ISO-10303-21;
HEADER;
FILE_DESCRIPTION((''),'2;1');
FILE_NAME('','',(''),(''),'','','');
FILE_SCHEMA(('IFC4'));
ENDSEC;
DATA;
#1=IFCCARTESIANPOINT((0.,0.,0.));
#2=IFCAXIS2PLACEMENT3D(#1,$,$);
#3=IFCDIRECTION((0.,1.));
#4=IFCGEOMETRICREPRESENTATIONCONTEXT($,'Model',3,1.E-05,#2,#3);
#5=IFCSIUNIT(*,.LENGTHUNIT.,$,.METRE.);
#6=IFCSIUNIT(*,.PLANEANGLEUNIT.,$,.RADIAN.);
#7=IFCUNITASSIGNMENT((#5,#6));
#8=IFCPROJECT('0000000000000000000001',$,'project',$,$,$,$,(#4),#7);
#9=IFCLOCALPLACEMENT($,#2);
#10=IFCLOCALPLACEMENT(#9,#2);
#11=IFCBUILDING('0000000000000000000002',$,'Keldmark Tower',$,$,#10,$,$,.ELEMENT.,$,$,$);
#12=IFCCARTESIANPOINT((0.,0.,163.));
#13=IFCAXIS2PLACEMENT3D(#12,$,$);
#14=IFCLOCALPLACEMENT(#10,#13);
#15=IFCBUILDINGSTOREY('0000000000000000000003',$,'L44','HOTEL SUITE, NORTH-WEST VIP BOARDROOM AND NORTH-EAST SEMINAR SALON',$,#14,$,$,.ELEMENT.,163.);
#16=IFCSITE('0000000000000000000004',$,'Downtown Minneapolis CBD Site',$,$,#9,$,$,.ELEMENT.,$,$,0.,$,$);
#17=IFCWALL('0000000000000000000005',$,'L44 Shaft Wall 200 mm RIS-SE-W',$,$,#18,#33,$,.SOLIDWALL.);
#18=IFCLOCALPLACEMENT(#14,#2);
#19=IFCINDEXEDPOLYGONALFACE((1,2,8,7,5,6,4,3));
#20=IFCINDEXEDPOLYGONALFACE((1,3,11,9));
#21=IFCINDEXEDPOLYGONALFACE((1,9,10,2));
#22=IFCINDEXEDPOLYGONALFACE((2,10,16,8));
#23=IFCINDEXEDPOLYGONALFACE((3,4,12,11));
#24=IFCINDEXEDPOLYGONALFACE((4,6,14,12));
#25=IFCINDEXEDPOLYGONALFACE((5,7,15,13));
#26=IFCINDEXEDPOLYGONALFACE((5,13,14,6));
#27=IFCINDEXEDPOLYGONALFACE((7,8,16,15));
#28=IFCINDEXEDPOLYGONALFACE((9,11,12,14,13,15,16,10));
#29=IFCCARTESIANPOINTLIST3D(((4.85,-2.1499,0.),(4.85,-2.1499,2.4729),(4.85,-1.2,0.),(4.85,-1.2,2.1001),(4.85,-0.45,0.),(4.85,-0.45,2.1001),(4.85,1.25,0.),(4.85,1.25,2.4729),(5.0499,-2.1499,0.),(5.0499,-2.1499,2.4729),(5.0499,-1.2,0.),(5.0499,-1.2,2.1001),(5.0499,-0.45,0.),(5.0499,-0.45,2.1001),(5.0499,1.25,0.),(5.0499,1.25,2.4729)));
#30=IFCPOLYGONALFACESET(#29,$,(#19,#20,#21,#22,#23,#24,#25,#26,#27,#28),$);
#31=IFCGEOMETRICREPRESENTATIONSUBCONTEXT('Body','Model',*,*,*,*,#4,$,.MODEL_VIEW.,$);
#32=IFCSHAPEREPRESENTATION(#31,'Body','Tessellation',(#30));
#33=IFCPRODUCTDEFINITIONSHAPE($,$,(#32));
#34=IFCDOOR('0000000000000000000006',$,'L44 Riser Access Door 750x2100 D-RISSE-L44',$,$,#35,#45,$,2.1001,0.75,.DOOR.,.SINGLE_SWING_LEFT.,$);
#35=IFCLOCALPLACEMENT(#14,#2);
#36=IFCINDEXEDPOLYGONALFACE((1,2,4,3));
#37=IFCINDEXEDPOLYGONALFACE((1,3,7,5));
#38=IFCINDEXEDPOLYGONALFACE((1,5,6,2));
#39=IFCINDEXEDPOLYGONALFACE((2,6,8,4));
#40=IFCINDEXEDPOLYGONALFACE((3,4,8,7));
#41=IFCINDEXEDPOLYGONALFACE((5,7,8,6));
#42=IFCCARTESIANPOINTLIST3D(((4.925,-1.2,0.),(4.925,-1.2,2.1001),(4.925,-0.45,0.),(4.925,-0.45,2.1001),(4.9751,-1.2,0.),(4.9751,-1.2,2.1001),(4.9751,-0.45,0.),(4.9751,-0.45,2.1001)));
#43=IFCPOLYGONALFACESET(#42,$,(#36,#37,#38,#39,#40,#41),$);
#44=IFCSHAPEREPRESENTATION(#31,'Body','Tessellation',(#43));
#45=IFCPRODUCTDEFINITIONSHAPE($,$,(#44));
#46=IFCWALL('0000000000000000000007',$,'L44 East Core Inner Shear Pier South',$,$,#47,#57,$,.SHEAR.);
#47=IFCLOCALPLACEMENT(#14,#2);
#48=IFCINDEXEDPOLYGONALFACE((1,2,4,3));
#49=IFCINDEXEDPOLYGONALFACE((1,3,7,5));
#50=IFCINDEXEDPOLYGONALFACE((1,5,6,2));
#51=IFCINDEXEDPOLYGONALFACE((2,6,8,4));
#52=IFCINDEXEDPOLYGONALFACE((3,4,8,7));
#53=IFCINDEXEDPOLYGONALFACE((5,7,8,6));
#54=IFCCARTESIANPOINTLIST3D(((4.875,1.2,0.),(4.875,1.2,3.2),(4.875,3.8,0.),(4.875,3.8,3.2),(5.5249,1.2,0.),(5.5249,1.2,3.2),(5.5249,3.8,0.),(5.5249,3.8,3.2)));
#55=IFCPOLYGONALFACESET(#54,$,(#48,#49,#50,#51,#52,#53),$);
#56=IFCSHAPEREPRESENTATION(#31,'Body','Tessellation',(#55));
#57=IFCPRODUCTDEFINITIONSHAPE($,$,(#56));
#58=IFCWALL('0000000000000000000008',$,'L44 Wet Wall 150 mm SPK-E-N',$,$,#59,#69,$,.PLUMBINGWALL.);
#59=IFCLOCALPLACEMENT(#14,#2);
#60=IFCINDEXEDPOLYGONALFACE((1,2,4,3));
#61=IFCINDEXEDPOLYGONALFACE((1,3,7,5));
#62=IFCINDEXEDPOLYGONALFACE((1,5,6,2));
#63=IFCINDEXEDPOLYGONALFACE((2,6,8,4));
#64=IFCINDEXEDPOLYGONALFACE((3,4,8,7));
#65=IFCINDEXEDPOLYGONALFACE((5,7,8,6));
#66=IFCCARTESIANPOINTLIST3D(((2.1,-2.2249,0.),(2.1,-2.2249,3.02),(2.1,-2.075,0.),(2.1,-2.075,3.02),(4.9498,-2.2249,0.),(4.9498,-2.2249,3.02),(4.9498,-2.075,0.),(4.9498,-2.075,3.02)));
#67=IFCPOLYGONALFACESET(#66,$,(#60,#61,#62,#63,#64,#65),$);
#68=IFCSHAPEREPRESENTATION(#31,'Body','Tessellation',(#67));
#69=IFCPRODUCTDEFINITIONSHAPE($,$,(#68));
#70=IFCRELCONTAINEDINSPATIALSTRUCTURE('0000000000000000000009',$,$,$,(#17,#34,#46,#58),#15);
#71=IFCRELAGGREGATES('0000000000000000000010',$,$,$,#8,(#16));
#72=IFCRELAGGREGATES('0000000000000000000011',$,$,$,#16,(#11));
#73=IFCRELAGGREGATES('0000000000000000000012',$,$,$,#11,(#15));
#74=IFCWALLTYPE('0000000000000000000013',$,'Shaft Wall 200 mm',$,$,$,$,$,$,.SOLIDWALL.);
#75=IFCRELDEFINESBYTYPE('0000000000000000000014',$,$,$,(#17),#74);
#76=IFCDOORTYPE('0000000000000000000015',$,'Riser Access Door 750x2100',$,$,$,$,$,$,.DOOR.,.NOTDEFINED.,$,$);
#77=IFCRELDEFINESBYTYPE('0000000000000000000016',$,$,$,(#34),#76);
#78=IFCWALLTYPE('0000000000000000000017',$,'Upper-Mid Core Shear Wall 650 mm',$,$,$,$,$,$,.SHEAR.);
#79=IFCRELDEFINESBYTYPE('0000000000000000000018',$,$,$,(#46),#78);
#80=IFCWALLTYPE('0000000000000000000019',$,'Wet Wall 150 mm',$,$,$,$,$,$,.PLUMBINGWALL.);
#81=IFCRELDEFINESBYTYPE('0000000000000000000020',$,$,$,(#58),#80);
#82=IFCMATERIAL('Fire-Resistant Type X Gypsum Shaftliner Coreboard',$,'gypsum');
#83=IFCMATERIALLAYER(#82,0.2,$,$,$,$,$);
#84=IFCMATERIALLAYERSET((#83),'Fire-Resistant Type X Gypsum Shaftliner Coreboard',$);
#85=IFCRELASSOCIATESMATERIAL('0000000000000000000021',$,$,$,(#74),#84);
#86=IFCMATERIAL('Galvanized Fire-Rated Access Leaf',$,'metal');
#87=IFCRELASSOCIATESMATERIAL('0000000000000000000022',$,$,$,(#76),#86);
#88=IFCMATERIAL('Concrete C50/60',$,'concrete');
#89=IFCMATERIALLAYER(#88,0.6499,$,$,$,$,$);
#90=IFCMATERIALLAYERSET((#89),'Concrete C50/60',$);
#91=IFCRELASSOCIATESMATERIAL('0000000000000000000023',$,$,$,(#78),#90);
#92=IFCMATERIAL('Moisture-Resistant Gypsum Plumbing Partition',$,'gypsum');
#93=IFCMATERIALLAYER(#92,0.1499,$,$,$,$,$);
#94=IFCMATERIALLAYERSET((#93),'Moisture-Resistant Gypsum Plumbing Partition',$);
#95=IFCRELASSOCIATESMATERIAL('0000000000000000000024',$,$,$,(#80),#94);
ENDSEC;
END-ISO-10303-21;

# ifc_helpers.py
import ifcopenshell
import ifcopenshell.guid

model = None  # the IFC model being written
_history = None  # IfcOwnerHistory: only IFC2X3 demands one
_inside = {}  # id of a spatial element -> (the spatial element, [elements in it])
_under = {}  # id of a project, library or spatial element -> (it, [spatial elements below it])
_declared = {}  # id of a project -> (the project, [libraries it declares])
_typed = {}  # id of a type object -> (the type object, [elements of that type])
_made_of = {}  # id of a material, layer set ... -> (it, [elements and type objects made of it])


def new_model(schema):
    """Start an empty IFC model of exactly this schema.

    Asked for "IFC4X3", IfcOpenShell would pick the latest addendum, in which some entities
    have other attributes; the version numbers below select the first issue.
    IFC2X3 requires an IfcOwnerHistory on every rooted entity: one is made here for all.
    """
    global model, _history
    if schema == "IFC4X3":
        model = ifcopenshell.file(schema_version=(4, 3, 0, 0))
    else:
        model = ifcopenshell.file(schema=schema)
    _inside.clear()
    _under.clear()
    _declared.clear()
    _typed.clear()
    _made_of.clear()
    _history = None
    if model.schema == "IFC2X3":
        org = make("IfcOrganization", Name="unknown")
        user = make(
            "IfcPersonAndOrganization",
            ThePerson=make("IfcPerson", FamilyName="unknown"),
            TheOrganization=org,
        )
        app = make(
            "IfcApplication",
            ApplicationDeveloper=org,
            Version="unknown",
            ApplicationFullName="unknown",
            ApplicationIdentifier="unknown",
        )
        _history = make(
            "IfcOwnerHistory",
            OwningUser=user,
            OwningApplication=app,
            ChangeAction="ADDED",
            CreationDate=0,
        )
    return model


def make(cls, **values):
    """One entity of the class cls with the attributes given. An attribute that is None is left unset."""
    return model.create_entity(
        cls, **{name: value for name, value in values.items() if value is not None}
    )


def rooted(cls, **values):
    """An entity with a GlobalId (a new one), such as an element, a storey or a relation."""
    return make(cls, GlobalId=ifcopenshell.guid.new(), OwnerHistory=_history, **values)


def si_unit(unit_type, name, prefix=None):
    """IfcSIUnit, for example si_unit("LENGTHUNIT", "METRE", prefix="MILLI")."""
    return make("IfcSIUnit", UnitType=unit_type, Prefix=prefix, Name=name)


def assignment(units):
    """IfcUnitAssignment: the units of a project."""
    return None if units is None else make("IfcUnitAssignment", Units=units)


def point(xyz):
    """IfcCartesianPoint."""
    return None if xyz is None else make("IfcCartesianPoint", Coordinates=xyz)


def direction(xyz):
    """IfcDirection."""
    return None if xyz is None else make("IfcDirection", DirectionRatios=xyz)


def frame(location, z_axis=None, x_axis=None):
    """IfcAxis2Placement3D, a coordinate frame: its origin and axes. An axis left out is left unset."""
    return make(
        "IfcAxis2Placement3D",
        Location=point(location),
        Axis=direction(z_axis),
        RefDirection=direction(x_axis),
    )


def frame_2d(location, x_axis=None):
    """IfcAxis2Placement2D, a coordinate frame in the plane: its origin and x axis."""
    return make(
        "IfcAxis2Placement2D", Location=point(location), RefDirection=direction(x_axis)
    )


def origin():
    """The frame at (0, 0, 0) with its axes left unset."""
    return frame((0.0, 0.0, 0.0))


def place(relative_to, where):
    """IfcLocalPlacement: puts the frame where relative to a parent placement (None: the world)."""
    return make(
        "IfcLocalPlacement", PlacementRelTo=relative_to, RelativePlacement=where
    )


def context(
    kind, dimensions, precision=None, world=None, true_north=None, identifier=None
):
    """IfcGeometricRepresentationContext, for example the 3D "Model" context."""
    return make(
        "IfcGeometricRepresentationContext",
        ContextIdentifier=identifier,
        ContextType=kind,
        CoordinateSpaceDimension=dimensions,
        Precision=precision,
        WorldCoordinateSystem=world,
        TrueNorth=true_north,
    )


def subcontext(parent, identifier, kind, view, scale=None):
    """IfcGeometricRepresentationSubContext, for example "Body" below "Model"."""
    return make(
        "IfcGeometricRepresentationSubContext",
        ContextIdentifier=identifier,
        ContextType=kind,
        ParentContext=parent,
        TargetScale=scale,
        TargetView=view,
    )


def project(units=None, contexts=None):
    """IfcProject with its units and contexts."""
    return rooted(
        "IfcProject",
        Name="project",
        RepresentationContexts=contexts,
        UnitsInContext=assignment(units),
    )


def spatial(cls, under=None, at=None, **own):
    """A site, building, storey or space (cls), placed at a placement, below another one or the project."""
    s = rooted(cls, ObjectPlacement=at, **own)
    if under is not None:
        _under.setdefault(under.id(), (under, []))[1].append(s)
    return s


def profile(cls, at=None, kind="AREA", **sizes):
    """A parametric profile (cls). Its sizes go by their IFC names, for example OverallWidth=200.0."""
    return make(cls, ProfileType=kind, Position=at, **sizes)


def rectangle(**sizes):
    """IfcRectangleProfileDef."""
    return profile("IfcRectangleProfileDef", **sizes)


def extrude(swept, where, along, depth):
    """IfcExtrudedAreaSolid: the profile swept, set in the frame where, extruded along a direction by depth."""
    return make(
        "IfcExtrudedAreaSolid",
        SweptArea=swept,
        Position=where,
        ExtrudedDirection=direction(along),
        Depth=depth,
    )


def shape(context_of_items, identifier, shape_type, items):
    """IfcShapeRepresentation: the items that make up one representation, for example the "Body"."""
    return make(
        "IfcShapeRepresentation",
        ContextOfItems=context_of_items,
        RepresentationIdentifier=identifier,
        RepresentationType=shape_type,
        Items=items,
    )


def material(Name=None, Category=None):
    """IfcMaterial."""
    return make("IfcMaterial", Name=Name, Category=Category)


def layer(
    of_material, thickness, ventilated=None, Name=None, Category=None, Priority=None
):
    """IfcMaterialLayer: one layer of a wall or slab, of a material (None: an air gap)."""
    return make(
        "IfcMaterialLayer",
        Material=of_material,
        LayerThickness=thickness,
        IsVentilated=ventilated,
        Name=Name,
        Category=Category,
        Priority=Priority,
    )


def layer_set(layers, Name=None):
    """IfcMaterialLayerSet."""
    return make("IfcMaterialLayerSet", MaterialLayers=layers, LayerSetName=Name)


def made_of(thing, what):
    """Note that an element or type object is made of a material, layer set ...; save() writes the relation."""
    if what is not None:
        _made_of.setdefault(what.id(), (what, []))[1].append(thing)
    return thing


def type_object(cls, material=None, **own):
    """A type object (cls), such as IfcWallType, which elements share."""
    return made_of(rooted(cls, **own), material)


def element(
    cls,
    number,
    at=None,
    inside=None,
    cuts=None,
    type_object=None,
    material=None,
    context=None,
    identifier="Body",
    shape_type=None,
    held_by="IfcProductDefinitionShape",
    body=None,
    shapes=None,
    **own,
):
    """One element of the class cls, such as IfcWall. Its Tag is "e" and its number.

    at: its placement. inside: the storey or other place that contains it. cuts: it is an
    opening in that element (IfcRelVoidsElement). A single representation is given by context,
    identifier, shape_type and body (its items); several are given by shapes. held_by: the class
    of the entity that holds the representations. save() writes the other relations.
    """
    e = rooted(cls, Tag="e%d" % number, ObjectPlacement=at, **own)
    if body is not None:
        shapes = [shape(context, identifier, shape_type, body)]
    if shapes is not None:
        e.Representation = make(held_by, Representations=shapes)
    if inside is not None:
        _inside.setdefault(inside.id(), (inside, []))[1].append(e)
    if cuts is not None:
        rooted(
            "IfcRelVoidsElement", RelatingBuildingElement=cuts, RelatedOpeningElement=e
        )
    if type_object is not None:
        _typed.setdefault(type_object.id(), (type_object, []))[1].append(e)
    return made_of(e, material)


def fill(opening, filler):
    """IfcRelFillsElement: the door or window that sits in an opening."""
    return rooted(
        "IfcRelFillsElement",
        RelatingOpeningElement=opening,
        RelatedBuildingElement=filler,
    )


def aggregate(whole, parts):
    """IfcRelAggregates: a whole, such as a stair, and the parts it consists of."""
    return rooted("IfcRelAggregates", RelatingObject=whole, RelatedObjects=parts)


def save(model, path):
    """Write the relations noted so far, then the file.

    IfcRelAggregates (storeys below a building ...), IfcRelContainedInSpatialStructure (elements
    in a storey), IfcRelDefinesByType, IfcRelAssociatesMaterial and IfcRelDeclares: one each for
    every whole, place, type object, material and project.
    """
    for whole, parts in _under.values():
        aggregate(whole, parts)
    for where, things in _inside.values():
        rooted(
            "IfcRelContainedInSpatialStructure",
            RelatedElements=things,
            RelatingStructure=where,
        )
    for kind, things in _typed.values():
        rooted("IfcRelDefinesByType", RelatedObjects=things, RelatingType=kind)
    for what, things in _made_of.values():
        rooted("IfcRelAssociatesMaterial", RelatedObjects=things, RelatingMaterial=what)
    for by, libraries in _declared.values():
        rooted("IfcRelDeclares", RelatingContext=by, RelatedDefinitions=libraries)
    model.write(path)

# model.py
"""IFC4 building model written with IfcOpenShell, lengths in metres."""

from ifc_helpers import new_model, si_unit, direction, frame, frame_2d, origin, place, context, subcontext, project, spatial, rectangle, extrude, material, layer, layer_set, type_object, element, fill, save


model = new_model("IFC4")

# Units and contexts
model_context = context("Model", 3, precision=1e-05, world=origin(), true_north=direction((0.0, 1.0)))
body_context = subcontext(model_context, "Body", "Model", "MODEL_VIEW")
ifc_project = project(units=[si_unit("LENGTHUNIT", "METRE"), si_unit("PLANEANGLEUNIT", "RADIAN")], contexts=[model_context])

# Site, building, storey
site_placement = place(None, origin())
site = spatial("IfcSite", under=ifc_project, at=site_placement, Name="Downtown Minneapolis CBD Site", CompositionType="ELEMENT", RefElevation=0.0)
building_placement = place(site_placement, origin())
building = spatial("IfcBuilding", under=site, at=building_placement, Name="Keldmark Tower", CompositionType="ELEMENT")
storey_placement = place(building_placement, frame((0.0, 0.0, 163.0)))
storey = spatial("IfcBuildingStorey", under=building, at=storey_placement, Name="L44", Description="HOTEL SUITE, NORTH-WEST VIP BOARDROOM AND NORTH-EAST SEMINAR SALON", CompositionType="ELEMENT", Elevation=163.0)

# Shared definitions
ifc_material_1 = material(Name="Fire-Resistant Type X Gypsum Shaftliner Coreboard", Category="gypsum")
ifc_layer_1 = layer(ifc_material_1, 0.2)
ifc_layer_set_1 = layer_set([ifc_layer_1], Name="Fire-Resistant Type X Gypsum Shaftliner Coreboard")
wall_type_1 = type_object("IfcWallType", Name="Shaft Wall 200 mm", PredefinedType="SOLIDWALL", material=ifc_layer_set_1)

# Wall, opening, door
wall_1_placement = place(storey_placement, frame((4.95, -2.1499, 0.0), z_axis=(0.0, 0.0, 1.0), x_axis=(0.0, 1.0, 0.0)))
wall_1 = element("IfcWall", 1, at=wall_1_placement, inside=storey, type_object=wall_type_1, Name="L44 Shaft Wall 200 mm RIS-SE-W", PredefinedType="SOLIDWALL", context=body_context, shape_type="SweptSolid", body=[
    extrude(rectangle(XDim=3.3999, YDim=0.2, at=frame_2d((1.7, 0.0))), origin(), (0.0, 0.0, 1.0), 2.4729),
])
opening_1_placement = place(wall_1_placement, frame((0.95, 0.0, 0.0)))
opening_1 = element("IfcOpeningElement", 2, at=opening_1_placement, cuts=wall_1, PredefinedType="OPENING", context=body_context, shape_type="SweptSolid", body=[
    extrude(rectangle(XDim=0.75, YDim=2.1001, at=frame_2d((0.375, 1.05))), frame((0.0, 0.1099, 0.0), z_axis=(0.0, -1.0, 0.0), x_axis=(1.0, 0.0, 0.0)), (0.0, 0.0, 1.0), 0.22),
])
ifc_material_2 = material(Name="Galvanized Fire-Rated Access Leaf", Category="metal")
door_type_1 = type_object("IfcDoorType", Name="Riser Access Door 750x2100", OperationType="NOTDEFINED", PredefinedType="DOOR", material=ifc_material_2)
door_1_placement = place(opening_1_placement, origin())
door_1 = element("IfcDoor", 3, at=door_1_placement, inside=storey, type_object=door_type_1, Name="L44 Riser Access Door 750x2100 D-RISSE-L44", OperationType="SINGLE_SWING_LEFT", OverallHeight=2.1001, OverallWidth=0.75, PredefinedType="DOOR", context=body_context, shape_type="SweptSolid", body=[
    extrude(rectangle(XDim=0.75, YDim=2.1001, at=frame_2d((0.375, 1.05))), frame((0.0, 0.0249, 0.0), z_axis=(0.0, -1.0, 0.0), x_axis=(1.0, 0.0, 0.0)), (0.0, 0.0, 1.0), 0.05),
])
fill(opening_1, door_1)

# Walls
ifc_material_3 = material(Name="Concrete C50/60", Category="concrete")
ifc_layer_2 = layer(ifc_material_3, 0.6499)
ifc_layer_set_2 = layer_set([ifc_layer_2], Name="Concrete C50/60")
wall_type_2 = type_object("IfcWallType", Name="Upper-Mid Core Shear Wall 650 mm", PredefinedType="SHEAR", material=ifc_layer_set_2)
wall_2_placement = place(storey_placement, frame((5.2, 1.2, 0.0), z_axis=(0.0, 0.0, 1.0), x_axis=(0.0, 1.0, 0.0)))
element("IfcWall", 4, at=wall_2_placement, inside=storey, type_object=wall_type_2, Name="L44 East Core Inner Shear Pier South", PredefinedType="SHEAR", context=body_context, shape_type="SweptSolid", body=[
    extrude(rectangle(XDim=2.6001, YDim=0.6499, at=frame_2d((1.3, 0.0))), origin(), (0.0, 0.0, 1.0), 3.2),
])
ifc_material_4 = material(Name="Moisture-Resistant Gypsum Plumbing Partition", Category="gypsum")
ifc_layer_3 = layer(ifc_material_4, 0.1499)
ifc_layer_set_3 = layer_set([ifc_layer_3], Name="Moisture-Resistant Gypsum Plumbing Partition")
wall_type_3 = type_object("IfcWallType", Name="Wet Wall 150 mm", PredefinedType="PLUMBINGWALL", material=ifc_layer_set_3)
wall_3_placement = place(storey_placement, frame((2.1001, -2.1499, 0.0), z_axis=(0.0, 0.0, 1.0), x_axis=(1.0, 0.0, 0.0)))
element("IfcWall", 5, at=wall_3_placement, inside=storey, type_object=wall_type_3, Name="L44 Wet Wall 150 mm SPK-E-N", PredefinedType="PLUMBINGWALL", context=body_context, shape_type="SweptSolid", body=[
    extrude(rectangle(XDim=2.8499, YDim=0.1499, at=frame_2d((1.4248, 0.0))), origin(), (0.0, 0.0, 1.0), 3.02),
])

save(model, "model.ifc")
